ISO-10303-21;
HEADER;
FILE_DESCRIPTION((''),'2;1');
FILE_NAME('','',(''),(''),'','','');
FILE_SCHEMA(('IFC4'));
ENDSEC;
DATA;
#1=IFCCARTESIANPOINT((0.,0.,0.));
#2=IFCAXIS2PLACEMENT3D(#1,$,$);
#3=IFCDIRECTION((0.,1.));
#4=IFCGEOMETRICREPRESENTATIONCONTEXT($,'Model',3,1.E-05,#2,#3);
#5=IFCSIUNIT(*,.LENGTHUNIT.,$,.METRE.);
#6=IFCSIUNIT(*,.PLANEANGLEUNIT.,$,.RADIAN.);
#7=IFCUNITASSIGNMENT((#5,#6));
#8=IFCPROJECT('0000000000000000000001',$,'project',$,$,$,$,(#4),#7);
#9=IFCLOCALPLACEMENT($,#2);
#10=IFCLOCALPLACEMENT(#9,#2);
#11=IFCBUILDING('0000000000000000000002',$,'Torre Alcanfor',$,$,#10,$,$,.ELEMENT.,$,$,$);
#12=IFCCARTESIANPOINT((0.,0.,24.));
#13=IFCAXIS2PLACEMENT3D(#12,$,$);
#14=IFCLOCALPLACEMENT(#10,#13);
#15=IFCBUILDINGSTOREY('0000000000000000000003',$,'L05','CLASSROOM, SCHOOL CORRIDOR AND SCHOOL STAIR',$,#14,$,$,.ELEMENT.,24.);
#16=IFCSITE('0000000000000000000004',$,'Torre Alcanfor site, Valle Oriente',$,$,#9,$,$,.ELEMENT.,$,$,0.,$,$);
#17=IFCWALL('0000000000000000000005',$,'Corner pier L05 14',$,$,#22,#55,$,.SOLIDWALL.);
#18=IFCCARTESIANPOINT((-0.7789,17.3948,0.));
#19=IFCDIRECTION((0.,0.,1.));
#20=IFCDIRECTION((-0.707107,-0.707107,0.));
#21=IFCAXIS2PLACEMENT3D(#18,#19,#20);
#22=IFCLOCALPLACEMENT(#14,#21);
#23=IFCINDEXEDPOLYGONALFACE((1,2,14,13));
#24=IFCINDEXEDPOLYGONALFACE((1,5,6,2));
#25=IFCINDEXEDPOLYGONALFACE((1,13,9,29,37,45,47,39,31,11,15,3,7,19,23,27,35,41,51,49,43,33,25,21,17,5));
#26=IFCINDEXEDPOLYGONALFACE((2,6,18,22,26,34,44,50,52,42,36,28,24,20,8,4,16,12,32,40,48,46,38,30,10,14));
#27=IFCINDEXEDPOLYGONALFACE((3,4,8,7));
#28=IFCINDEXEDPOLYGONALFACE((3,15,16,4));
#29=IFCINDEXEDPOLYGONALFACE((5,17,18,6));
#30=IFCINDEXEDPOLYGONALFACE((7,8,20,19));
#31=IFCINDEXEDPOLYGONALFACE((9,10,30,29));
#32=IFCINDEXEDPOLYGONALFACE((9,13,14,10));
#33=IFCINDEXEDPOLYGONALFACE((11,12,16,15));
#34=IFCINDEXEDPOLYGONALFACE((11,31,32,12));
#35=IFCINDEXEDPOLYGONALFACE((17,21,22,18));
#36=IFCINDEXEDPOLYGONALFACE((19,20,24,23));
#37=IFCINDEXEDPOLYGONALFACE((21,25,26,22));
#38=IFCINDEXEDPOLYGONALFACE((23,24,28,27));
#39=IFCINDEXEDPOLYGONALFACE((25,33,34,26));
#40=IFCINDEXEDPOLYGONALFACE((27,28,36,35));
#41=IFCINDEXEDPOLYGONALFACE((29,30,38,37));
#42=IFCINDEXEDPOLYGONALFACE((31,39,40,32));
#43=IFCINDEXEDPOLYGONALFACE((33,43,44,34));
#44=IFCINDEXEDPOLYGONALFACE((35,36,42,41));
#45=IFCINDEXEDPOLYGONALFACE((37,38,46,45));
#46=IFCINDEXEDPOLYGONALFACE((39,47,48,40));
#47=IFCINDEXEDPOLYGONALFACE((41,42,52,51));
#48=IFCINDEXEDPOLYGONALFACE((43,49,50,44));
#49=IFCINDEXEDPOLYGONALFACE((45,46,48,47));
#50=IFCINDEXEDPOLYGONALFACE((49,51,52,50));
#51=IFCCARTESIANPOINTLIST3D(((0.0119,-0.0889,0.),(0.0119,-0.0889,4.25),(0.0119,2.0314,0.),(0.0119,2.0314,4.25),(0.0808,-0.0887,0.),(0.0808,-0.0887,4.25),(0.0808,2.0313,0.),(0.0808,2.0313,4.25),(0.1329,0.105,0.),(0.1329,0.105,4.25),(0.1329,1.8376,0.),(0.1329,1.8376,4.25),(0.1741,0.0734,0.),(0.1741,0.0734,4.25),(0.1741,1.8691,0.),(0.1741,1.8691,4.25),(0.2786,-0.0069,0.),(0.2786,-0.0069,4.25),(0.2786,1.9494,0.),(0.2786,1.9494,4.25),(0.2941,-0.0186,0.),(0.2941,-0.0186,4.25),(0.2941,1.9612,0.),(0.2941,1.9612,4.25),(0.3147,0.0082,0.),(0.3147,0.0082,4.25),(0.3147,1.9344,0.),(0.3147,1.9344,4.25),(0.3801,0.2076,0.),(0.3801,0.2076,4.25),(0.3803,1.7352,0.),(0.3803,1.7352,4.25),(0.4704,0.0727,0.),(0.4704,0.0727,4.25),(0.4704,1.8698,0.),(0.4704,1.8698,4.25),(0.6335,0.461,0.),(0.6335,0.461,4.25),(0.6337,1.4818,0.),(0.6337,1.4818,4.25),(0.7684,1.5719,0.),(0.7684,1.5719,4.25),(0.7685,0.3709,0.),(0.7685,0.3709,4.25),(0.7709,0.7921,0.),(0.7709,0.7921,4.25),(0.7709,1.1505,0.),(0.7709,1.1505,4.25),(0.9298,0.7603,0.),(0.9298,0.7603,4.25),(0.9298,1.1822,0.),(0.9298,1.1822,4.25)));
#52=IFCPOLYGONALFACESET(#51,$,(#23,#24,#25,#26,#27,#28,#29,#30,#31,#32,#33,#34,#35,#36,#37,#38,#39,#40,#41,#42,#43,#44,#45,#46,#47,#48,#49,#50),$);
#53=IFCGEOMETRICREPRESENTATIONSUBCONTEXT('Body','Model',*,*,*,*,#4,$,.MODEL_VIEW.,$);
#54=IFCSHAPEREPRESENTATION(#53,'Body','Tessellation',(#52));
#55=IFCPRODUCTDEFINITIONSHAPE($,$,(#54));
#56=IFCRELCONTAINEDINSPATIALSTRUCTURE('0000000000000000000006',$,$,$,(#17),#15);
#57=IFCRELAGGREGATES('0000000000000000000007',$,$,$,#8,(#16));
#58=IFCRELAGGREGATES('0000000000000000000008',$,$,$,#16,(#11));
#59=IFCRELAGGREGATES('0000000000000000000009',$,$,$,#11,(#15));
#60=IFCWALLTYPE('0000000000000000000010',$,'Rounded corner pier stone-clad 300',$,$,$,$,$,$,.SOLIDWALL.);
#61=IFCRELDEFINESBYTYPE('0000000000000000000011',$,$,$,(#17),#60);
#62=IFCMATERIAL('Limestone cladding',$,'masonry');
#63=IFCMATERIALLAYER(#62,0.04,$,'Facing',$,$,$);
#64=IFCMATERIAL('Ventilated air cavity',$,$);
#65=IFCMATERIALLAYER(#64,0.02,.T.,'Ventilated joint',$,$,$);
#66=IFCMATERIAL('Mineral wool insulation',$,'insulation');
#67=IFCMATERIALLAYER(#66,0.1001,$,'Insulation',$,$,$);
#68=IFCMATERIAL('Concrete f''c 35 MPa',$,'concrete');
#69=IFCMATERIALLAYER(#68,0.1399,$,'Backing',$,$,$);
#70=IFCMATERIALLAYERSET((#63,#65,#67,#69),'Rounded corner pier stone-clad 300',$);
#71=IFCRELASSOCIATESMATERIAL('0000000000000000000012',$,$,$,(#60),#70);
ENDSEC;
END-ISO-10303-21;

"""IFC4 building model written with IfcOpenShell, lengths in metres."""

from ifc_helpers import new_model, si_unit, direction, frame, origin, place, context, subcontext, project, spatial, polyline, outline, extrude, material, layer, layer_set, type_object, element, save


model = new_model("IFC4")

# Units and contexts
model_context = context("Model", 3, precision=1e-05, world=origin(), true_north=direction((0.0, 1.0)))
body_context = subcontext(model_context, "Body", "Model", "MODEL_VIEW")
ifc_project = project(units=[si_unit("LENGTHUNIT", "METRE"), si_unit("PLANEANGLEUNIT", "RADIAN")], contexts=[model_context])

# Site, building, storey
site_placement = place(None, origin())
site = spatial("IfcSite", under=ifc_project, at=site_placement, Name="Torre Alcanfor site, Valle Oriente", CompositionType="ELEMENT", RefElevation=0.0)
building_placement = place(site_placement, origin())
building = spatial("IfcBuilding", under=site, at=building_placement, Name="Torre Alcanfor", CompositionType="ELEMENT")
storey_placement = place(building_placement, frame((0.0, 0.0, 24.0)))
storey = spatial("IfcBuildingStorey", under=building, at=storey_placement, Name="L05", Description="CLASSROOM, SCHOOL CORRIDOR AND SCHOOL STAIR", CompositionType="ELEMENT", Elevation=24.0)

# Shared definitions
ifc_material_1 = material(Name="Limestone cladding", Category="masonry")
ifc_material_2 = material(Name="Ventilated air cavity")
ifc_material_3 = material(Name="Mineral wool insulation", Category="insulation")
ifc_material_4 = material(Name="Concrete f'c 35 MPa", Category="concrete")

# Wall
ifc_layer_1 = layer(ifc_material_1, 0.04, Name="Facing")
ifc_layer_2 = layer(ifc_material_2, 0.02, ventilated=True, Name="Ventilated joint")
ifc_layer_3 = layer(ifc_material_3, 0.1001, Name="Insulation")
ifc_layer_4 = layer(ifc_material_4, 0.1399, Name="Backing")
ifc_layer_set_1 = layer_set([ifc_layer_1, ifc_layer_2, ifc_layer_3, ifc_layer_4], Name="Rounded corner pier stone-clad 300")
wall_type_1 = type_object("IfcWallType", Name="Rounded corner pier stone-clad 300", PredefinedType="SOLIDWALL", material=ifc_layer_set_1)
wall_1_placement = place(storey_placement, frame((-0.7789, 17.3948, 0.0), z_axis=(0.0, 0.0, 1.0), x_axis=(-0.707107, -0.707107, 0.0)))
element("IfcWall", 1, at=wall_1_placement, inside=storey, type_object=wall_type_1, Name="Corner pier L05 14", PredefinedType="SOLIDWALL", context=body_context, shape_type="SweptSolid", body=[
    extrude(outline(polyline([(0.2941, 1.9612), (0.2786, 1.9494), (0.0808, 2.0313), (0.0119, 2.0314), (0.1741, 1.8691), (0.1329, 1.8376), (0.3803, 1.7352), (0.6337, 1.4818), (0.7709, 1.1505), (0.7709, 0.7921), (0.6335, 0.461), (0.3801, 0.2076), (0.1329, 0.105), (0.1741, 0.0734), (0.0119, -0.0889), (0.0808, -0.0887), (0.2786, -0.0069), (0.2941, -0.0186), (0.3147, 0.0082), (0.4704, 0.0727), (0.7685, 0.3709), (0.9298, 0.7603), (0.9298, 1.1822), (0.7684, 1.5719), (0.4704, 1.8698), (0.3147, 1.9344), (0.2941, 1.9612)])), origin(), (0.0, 0.0, 1.0), 4.25),
])

save(model, "model.ifc")
